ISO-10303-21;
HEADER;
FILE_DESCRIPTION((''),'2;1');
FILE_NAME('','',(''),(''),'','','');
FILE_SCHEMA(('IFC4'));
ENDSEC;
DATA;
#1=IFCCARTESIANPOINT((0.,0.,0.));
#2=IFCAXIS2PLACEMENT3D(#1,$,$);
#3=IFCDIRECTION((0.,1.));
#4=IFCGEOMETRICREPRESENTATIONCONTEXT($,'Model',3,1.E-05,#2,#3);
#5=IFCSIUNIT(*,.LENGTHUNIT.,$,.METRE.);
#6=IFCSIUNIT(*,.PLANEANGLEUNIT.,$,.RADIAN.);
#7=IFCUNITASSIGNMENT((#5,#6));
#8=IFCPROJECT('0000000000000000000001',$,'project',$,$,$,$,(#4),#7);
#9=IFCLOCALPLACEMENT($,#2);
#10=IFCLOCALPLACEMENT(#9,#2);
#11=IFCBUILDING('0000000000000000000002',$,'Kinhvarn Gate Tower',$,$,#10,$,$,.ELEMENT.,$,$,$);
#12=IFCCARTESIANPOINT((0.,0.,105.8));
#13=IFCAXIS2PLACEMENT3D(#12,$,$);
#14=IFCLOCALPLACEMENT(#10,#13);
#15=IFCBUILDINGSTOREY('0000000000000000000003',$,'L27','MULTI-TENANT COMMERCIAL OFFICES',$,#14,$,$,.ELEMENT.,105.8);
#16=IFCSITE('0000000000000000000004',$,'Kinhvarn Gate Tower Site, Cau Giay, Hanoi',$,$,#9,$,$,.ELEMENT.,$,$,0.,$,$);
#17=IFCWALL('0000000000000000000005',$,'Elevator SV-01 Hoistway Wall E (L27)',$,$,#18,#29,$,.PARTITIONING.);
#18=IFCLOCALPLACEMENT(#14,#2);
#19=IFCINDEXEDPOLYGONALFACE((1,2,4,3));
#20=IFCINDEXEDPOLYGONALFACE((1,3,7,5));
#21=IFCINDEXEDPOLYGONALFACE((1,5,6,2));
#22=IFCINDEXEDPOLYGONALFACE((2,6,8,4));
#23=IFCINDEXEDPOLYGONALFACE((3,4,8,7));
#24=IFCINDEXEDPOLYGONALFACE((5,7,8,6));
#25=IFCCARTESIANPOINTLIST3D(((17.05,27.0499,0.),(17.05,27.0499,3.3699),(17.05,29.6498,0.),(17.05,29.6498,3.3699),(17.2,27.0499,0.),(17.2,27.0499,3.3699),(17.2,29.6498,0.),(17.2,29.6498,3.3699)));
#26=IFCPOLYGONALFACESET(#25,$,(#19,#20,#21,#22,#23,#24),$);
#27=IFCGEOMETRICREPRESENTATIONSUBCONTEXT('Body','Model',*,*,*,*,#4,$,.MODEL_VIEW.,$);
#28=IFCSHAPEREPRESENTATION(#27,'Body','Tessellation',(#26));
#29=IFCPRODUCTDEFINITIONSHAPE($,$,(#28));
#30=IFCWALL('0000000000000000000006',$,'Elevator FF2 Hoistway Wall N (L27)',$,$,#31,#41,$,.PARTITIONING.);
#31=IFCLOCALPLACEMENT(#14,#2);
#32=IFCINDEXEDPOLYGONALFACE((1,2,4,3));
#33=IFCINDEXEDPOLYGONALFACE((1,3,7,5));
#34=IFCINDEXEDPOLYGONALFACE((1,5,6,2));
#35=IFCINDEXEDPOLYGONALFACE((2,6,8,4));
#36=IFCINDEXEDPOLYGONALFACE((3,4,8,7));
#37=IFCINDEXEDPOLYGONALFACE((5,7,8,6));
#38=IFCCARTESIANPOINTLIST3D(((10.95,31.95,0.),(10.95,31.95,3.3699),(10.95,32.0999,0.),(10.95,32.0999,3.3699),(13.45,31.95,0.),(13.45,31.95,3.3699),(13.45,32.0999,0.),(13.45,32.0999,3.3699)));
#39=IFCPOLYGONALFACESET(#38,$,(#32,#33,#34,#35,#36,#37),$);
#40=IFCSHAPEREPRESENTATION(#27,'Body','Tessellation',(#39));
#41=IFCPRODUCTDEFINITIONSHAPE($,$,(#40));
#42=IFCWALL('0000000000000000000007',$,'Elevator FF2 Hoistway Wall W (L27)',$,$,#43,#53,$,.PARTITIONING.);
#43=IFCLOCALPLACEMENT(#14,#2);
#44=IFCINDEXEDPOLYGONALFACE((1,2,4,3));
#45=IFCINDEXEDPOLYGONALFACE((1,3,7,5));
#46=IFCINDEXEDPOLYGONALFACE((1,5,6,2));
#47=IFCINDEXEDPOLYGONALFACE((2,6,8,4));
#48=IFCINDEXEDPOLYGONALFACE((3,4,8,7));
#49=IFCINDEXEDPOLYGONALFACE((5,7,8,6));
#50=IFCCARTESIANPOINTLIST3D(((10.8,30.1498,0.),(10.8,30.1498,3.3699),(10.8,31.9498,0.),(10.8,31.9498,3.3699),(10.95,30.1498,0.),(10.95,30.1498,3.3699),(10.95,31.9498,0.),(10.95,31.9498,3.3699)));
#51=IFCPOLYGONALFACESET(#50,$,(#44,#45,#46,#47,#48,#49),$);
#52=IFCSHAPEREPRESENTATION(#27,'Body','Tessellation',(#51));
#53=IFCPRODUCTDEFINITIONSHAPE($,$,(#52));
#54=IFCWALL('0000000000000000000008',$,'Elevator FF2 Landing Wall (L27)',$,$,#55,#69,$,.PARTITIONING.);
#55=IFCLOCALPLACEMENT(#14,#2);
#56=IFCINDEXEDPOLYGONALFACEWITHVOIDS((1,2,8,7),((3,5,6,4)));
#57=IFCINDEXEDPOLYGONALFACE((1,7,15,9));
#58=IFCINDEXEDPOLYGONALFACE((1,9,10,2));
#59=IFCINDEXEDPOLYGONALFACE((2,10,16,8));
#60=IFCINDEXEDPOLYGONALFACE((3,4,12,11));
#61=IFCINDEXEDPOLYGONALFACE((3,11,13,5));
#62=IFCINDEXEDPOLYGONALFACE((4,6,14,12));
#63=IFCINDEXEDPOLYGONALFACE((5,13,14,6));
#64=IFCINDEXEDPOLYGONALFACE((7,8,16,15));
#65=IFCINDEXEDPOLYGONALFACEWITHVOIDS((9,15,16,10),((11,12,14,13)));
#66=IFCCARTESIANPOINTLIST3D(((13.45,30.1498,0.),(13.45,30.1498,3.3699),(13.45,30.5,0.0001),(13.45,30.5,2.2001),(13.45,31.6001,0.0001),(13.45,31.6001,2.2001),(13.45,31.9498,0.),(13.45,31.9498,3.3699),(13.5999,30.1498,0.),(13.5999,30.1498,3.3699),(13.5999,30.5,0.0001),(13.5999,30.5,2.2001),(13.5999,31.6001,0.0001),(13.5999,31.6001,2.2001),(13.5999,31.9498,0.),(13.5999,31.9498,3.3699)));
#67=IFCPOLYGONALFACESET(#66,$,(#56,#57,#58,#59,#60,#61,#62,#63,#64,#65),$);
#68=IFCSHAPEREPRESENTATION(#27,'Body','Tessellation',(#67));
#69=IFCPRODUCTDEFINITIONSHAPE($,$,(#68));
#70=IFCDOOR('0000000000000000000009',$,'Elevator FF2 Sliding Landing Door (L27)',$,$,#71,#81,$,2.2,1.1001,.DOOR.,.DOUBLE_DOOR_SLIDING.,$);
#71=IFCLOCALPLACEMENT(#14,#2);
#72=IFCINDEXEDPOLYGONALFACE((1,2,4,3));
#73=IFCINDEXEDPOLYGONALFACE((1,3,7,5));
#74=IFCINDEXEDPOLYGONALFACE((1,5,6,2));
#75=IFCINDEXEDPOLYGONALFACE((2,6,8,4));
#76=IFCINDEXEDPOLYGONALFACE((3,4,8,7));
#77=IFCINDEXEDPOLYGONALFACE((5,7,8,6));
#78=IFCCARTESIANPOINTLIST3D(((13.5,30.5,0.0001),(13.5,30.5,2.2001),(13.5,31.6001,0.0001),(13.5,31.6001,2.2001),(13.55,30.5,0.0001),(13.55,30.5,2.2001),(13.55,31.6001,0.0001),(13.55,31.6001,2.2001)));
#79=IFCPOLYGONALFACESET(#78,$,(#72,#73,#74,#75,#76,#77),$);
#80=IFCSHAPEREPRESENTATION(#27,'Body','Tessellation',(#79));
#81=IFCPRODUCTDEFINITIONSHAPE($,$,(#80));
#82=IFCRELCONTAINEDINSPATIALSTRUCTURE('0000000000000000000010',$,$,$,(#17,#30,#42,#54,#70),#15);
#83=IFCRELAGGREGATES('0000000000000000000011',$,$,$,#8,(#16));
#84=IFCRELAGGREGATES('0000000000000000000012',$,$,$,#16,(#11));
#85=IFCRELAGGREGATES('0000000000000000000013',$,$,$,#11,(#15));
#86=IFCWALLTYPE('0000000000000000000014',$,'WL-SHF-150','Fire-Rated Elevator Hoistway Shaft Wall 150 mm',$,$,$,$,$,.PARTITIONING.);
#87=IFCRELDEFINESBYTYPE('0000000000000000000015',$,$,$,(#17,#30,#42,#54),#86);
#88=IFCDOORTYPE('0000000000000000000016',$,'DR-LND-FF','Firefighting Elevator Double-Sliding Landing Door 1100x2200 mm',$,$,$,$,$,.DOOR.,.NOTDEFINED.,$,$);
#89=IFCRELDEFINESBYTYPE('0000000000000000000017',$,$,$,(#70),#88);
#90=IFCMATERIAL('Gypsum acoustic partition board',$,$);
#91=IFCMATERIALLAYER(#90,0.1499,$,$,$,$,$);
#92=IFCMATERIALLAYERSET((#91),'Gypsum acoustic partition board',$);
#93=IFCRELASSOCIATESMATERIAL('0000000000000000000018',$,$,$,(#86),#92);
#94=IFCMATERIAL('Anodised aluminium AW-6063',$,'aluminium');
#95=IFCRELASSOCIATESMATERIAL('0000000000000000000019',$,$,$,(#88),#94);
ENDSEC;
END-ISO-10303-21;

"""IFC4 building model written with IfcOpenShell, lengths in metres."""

from ifc_helpers import new_model, si_unit, direction, frame, frame_2d, origin, place, context, subcontext, project, spatial, rectangle, extrude, material, layer, layer_set, type_object, element, fill, save


model = new_model("IFC4")

# Units and contexts
model_context = context("Model", 3, precision=1e-05, world=origin(), true_north=direction((0.0, 1.0)))
body_context = subcontext(model_context, "Body", "Model", "MODEL_VIEW")
ifc_project = project(units=[si_unit("LENGTHUNIT", "METRE"), si_unit("PLANEANGLEUNIT", "RADIAN")], contexts=[model_context])

# Site, building, storey
site_placement = place(None, origin())
site = spatial("IfcSite", under=ifc_project, at=site_placement, Name="Kinhvarn Gate Tower Site, Cau Giay, Hanoi", CompositionType="ELEMENT", RefElevation=0.0)
building_placement = place(site_placement, origin())
building = spatial("IfcBuilding", under=site, at=building_placement, Name="Kinhvarn Gate Tower", CompositionType="ELEMENT")
storey_placement = place(building_placement, frame((0.0, 0.0, 105.8)))
storey = spatial("IfcBuildingStorey", under=building, at=storey_placement, Name="L27", Description="MULTI-TENANT COMMERCIAL OFFICES", CompositionType="ELEMENT", Elevation=105.8)

# Shared definitions
ifc_material_1 = material(Name="Gypsum acoustic partition board")
ifc_material_2 = material(Name="Anodised aluminium AW-6063", Category="aluminium")

# Shared definitions
ifc_layer_1 = layer(ifc_material_1, 0.1499)
ifc_layer_set_1 = layer_set([ifc_layer_1], Name="Gypsum acoustic partition board")
wall_type_1 = type_object("IfcWallType", Name="WL-SHF-150", Description="Fire-Rated Elevator Hoistway Shaft Wall 150 mm", PredefinedType="PARTITIONING", material=ifc_layer_set_1)

# Walls
wall_1_placement = place(storey_placement, frame((17.125, 27.05, 0.0), z_axis=(0.0, 0.0, 1.0), x_axis=(0.0, 1.0, 0.0)))
element("IfcWall", 1, at=wall_1_placement, inside=storey, type_object=wall_type_1, Name="Elevator SV-01 Hoistway Wall E (L27)", PredefinedType="PARTITIONING", context=body_context, shape_type="SweptSolid", body=[
    extrude(rectangle(XDim=2.5999, YDim=0.1499, at=frame_2d((1.2998, 0.0))), origin(), (0.0, 0.0, 1.0), 3.3699),
])
wall_2_placement = place(storey_placement, frame((10.95, 32.0249, 0.0), z_axis=(0.0, 0.0, 1.0), x_axis=(1.0, 0.0, 0.0)))
element("IfcWall", 2, at=wall_2_placement, inside=storey, type_object=wall_type_1, Name="Elevator FF2 Hoistway Wall N (L27)", PredefinedType="PARTITIONING", context=body_context, shape_type="SweptSolid", body=[
    extrude(rectangle(XDim=2.5, YDim=0.1499, at=frame_2d((1.25, 0.0))), origin(), (0.0, 0.0, 1.0), 3.3699),
])
wall_3_placement = place(storey_placement, frame((10.875, 30.1499, 0.0), z_axis=(0.0, 0.0, 1.0), x_axis=(0.0, 1.0, 0.0)))
element("IfcWall", 3, at=wall_3_placement, inside=storey, type_object=wall_type_1, Name="Elevator FF2 Hoistway Wall W (L27)", PredefinedType="PARTITIONING", context=body_context, shape_type="SweptSolid", body=[
    extrude(rectangle(XDim=1.8, YDim=0.1499, at=frame_2d((0.8999, 0.0))), origin(), (0.0, 0.0, 1.0), 3.3699),
])

# Wall, opening, door
wall_4_placement = place(storey_placement, frame((13.5249, 30.1499, 0.0), z_axis=(0.0, 0.0, 1.0), x_axis=(0.0, 1.0, 0.0)))
wall_4 = element("IfcWall", 4, at=wall_4_placement, inside=storey, type_object=wall_type_1, Name="Elevator FF2 Landing Wall (L27)", PredefinedType="PARTITIONING", context=body_context, shape_type="SweptSolid", body=[
    extrude(rectangle(XDim=1.8, YDim=0.1499, at=frame_2d((0.8999, 0.0))), origin(), (0.0, 0.0, 1.0), 3.3699),
])
opening_1_placement = place(wall_4_placement, frame((0.3501, 0.0, 0.0)))
opening_1 = element("IfcOpeningElement", 5, at=opening_1_placement, cuts=wall_4, PredefinedType="OPENING", context=body_context, shape_type="SweptSolid", body=[
    extrude(rectangle(XDim=1.1001, YDim=2.2, at=frame_2d((0.55, 1.1001))), frame((0.0, 0.085, 0.0), z_axis=(0.0, -1.0, 0.0), x_axis=(1.0, 0.0, 0.0)), (0.0, 0.0, 1.0), 0.1699),
])
door_type_1 = type_object("IfcDoorType", Name="DR-LND-FF", Description="Firefighting Elevator Double-Sliding Landing Door 1100x2200 mm", OperationType="NOTDEFINED", PredefinedType="DOOR", material=ifc_material_2)
door_1_placement = place(opening_1_placement, origin())
door_1 = element("IfcDoor", 6, at=door_1_placement, inside=storey, type_object=door_type_1, Name="Elevator FF2 Sliding Landing Door (L27)", OperationType="DOUBLE_DOOR_SLIDING", OverallHeight=2.2, OverallWidth=1.1001, PredefinedType="DOOR", context=body_context, shape_type="SweptSolid", body=[
    extrude(rectangle(XDim=1.1001, YDim=2.2, at=frame_2d((0.55, 1.1001))), frame((0.0, 0.0249, 0.0), z_axis=(0.0, -1.0, 0.0), x_axis=(1.0, 0.0, 0.0)), (0.0, 0.0, 1.0), 0.05),
])
fill(opening_1, door_1)

save(model, "model.ifc")
